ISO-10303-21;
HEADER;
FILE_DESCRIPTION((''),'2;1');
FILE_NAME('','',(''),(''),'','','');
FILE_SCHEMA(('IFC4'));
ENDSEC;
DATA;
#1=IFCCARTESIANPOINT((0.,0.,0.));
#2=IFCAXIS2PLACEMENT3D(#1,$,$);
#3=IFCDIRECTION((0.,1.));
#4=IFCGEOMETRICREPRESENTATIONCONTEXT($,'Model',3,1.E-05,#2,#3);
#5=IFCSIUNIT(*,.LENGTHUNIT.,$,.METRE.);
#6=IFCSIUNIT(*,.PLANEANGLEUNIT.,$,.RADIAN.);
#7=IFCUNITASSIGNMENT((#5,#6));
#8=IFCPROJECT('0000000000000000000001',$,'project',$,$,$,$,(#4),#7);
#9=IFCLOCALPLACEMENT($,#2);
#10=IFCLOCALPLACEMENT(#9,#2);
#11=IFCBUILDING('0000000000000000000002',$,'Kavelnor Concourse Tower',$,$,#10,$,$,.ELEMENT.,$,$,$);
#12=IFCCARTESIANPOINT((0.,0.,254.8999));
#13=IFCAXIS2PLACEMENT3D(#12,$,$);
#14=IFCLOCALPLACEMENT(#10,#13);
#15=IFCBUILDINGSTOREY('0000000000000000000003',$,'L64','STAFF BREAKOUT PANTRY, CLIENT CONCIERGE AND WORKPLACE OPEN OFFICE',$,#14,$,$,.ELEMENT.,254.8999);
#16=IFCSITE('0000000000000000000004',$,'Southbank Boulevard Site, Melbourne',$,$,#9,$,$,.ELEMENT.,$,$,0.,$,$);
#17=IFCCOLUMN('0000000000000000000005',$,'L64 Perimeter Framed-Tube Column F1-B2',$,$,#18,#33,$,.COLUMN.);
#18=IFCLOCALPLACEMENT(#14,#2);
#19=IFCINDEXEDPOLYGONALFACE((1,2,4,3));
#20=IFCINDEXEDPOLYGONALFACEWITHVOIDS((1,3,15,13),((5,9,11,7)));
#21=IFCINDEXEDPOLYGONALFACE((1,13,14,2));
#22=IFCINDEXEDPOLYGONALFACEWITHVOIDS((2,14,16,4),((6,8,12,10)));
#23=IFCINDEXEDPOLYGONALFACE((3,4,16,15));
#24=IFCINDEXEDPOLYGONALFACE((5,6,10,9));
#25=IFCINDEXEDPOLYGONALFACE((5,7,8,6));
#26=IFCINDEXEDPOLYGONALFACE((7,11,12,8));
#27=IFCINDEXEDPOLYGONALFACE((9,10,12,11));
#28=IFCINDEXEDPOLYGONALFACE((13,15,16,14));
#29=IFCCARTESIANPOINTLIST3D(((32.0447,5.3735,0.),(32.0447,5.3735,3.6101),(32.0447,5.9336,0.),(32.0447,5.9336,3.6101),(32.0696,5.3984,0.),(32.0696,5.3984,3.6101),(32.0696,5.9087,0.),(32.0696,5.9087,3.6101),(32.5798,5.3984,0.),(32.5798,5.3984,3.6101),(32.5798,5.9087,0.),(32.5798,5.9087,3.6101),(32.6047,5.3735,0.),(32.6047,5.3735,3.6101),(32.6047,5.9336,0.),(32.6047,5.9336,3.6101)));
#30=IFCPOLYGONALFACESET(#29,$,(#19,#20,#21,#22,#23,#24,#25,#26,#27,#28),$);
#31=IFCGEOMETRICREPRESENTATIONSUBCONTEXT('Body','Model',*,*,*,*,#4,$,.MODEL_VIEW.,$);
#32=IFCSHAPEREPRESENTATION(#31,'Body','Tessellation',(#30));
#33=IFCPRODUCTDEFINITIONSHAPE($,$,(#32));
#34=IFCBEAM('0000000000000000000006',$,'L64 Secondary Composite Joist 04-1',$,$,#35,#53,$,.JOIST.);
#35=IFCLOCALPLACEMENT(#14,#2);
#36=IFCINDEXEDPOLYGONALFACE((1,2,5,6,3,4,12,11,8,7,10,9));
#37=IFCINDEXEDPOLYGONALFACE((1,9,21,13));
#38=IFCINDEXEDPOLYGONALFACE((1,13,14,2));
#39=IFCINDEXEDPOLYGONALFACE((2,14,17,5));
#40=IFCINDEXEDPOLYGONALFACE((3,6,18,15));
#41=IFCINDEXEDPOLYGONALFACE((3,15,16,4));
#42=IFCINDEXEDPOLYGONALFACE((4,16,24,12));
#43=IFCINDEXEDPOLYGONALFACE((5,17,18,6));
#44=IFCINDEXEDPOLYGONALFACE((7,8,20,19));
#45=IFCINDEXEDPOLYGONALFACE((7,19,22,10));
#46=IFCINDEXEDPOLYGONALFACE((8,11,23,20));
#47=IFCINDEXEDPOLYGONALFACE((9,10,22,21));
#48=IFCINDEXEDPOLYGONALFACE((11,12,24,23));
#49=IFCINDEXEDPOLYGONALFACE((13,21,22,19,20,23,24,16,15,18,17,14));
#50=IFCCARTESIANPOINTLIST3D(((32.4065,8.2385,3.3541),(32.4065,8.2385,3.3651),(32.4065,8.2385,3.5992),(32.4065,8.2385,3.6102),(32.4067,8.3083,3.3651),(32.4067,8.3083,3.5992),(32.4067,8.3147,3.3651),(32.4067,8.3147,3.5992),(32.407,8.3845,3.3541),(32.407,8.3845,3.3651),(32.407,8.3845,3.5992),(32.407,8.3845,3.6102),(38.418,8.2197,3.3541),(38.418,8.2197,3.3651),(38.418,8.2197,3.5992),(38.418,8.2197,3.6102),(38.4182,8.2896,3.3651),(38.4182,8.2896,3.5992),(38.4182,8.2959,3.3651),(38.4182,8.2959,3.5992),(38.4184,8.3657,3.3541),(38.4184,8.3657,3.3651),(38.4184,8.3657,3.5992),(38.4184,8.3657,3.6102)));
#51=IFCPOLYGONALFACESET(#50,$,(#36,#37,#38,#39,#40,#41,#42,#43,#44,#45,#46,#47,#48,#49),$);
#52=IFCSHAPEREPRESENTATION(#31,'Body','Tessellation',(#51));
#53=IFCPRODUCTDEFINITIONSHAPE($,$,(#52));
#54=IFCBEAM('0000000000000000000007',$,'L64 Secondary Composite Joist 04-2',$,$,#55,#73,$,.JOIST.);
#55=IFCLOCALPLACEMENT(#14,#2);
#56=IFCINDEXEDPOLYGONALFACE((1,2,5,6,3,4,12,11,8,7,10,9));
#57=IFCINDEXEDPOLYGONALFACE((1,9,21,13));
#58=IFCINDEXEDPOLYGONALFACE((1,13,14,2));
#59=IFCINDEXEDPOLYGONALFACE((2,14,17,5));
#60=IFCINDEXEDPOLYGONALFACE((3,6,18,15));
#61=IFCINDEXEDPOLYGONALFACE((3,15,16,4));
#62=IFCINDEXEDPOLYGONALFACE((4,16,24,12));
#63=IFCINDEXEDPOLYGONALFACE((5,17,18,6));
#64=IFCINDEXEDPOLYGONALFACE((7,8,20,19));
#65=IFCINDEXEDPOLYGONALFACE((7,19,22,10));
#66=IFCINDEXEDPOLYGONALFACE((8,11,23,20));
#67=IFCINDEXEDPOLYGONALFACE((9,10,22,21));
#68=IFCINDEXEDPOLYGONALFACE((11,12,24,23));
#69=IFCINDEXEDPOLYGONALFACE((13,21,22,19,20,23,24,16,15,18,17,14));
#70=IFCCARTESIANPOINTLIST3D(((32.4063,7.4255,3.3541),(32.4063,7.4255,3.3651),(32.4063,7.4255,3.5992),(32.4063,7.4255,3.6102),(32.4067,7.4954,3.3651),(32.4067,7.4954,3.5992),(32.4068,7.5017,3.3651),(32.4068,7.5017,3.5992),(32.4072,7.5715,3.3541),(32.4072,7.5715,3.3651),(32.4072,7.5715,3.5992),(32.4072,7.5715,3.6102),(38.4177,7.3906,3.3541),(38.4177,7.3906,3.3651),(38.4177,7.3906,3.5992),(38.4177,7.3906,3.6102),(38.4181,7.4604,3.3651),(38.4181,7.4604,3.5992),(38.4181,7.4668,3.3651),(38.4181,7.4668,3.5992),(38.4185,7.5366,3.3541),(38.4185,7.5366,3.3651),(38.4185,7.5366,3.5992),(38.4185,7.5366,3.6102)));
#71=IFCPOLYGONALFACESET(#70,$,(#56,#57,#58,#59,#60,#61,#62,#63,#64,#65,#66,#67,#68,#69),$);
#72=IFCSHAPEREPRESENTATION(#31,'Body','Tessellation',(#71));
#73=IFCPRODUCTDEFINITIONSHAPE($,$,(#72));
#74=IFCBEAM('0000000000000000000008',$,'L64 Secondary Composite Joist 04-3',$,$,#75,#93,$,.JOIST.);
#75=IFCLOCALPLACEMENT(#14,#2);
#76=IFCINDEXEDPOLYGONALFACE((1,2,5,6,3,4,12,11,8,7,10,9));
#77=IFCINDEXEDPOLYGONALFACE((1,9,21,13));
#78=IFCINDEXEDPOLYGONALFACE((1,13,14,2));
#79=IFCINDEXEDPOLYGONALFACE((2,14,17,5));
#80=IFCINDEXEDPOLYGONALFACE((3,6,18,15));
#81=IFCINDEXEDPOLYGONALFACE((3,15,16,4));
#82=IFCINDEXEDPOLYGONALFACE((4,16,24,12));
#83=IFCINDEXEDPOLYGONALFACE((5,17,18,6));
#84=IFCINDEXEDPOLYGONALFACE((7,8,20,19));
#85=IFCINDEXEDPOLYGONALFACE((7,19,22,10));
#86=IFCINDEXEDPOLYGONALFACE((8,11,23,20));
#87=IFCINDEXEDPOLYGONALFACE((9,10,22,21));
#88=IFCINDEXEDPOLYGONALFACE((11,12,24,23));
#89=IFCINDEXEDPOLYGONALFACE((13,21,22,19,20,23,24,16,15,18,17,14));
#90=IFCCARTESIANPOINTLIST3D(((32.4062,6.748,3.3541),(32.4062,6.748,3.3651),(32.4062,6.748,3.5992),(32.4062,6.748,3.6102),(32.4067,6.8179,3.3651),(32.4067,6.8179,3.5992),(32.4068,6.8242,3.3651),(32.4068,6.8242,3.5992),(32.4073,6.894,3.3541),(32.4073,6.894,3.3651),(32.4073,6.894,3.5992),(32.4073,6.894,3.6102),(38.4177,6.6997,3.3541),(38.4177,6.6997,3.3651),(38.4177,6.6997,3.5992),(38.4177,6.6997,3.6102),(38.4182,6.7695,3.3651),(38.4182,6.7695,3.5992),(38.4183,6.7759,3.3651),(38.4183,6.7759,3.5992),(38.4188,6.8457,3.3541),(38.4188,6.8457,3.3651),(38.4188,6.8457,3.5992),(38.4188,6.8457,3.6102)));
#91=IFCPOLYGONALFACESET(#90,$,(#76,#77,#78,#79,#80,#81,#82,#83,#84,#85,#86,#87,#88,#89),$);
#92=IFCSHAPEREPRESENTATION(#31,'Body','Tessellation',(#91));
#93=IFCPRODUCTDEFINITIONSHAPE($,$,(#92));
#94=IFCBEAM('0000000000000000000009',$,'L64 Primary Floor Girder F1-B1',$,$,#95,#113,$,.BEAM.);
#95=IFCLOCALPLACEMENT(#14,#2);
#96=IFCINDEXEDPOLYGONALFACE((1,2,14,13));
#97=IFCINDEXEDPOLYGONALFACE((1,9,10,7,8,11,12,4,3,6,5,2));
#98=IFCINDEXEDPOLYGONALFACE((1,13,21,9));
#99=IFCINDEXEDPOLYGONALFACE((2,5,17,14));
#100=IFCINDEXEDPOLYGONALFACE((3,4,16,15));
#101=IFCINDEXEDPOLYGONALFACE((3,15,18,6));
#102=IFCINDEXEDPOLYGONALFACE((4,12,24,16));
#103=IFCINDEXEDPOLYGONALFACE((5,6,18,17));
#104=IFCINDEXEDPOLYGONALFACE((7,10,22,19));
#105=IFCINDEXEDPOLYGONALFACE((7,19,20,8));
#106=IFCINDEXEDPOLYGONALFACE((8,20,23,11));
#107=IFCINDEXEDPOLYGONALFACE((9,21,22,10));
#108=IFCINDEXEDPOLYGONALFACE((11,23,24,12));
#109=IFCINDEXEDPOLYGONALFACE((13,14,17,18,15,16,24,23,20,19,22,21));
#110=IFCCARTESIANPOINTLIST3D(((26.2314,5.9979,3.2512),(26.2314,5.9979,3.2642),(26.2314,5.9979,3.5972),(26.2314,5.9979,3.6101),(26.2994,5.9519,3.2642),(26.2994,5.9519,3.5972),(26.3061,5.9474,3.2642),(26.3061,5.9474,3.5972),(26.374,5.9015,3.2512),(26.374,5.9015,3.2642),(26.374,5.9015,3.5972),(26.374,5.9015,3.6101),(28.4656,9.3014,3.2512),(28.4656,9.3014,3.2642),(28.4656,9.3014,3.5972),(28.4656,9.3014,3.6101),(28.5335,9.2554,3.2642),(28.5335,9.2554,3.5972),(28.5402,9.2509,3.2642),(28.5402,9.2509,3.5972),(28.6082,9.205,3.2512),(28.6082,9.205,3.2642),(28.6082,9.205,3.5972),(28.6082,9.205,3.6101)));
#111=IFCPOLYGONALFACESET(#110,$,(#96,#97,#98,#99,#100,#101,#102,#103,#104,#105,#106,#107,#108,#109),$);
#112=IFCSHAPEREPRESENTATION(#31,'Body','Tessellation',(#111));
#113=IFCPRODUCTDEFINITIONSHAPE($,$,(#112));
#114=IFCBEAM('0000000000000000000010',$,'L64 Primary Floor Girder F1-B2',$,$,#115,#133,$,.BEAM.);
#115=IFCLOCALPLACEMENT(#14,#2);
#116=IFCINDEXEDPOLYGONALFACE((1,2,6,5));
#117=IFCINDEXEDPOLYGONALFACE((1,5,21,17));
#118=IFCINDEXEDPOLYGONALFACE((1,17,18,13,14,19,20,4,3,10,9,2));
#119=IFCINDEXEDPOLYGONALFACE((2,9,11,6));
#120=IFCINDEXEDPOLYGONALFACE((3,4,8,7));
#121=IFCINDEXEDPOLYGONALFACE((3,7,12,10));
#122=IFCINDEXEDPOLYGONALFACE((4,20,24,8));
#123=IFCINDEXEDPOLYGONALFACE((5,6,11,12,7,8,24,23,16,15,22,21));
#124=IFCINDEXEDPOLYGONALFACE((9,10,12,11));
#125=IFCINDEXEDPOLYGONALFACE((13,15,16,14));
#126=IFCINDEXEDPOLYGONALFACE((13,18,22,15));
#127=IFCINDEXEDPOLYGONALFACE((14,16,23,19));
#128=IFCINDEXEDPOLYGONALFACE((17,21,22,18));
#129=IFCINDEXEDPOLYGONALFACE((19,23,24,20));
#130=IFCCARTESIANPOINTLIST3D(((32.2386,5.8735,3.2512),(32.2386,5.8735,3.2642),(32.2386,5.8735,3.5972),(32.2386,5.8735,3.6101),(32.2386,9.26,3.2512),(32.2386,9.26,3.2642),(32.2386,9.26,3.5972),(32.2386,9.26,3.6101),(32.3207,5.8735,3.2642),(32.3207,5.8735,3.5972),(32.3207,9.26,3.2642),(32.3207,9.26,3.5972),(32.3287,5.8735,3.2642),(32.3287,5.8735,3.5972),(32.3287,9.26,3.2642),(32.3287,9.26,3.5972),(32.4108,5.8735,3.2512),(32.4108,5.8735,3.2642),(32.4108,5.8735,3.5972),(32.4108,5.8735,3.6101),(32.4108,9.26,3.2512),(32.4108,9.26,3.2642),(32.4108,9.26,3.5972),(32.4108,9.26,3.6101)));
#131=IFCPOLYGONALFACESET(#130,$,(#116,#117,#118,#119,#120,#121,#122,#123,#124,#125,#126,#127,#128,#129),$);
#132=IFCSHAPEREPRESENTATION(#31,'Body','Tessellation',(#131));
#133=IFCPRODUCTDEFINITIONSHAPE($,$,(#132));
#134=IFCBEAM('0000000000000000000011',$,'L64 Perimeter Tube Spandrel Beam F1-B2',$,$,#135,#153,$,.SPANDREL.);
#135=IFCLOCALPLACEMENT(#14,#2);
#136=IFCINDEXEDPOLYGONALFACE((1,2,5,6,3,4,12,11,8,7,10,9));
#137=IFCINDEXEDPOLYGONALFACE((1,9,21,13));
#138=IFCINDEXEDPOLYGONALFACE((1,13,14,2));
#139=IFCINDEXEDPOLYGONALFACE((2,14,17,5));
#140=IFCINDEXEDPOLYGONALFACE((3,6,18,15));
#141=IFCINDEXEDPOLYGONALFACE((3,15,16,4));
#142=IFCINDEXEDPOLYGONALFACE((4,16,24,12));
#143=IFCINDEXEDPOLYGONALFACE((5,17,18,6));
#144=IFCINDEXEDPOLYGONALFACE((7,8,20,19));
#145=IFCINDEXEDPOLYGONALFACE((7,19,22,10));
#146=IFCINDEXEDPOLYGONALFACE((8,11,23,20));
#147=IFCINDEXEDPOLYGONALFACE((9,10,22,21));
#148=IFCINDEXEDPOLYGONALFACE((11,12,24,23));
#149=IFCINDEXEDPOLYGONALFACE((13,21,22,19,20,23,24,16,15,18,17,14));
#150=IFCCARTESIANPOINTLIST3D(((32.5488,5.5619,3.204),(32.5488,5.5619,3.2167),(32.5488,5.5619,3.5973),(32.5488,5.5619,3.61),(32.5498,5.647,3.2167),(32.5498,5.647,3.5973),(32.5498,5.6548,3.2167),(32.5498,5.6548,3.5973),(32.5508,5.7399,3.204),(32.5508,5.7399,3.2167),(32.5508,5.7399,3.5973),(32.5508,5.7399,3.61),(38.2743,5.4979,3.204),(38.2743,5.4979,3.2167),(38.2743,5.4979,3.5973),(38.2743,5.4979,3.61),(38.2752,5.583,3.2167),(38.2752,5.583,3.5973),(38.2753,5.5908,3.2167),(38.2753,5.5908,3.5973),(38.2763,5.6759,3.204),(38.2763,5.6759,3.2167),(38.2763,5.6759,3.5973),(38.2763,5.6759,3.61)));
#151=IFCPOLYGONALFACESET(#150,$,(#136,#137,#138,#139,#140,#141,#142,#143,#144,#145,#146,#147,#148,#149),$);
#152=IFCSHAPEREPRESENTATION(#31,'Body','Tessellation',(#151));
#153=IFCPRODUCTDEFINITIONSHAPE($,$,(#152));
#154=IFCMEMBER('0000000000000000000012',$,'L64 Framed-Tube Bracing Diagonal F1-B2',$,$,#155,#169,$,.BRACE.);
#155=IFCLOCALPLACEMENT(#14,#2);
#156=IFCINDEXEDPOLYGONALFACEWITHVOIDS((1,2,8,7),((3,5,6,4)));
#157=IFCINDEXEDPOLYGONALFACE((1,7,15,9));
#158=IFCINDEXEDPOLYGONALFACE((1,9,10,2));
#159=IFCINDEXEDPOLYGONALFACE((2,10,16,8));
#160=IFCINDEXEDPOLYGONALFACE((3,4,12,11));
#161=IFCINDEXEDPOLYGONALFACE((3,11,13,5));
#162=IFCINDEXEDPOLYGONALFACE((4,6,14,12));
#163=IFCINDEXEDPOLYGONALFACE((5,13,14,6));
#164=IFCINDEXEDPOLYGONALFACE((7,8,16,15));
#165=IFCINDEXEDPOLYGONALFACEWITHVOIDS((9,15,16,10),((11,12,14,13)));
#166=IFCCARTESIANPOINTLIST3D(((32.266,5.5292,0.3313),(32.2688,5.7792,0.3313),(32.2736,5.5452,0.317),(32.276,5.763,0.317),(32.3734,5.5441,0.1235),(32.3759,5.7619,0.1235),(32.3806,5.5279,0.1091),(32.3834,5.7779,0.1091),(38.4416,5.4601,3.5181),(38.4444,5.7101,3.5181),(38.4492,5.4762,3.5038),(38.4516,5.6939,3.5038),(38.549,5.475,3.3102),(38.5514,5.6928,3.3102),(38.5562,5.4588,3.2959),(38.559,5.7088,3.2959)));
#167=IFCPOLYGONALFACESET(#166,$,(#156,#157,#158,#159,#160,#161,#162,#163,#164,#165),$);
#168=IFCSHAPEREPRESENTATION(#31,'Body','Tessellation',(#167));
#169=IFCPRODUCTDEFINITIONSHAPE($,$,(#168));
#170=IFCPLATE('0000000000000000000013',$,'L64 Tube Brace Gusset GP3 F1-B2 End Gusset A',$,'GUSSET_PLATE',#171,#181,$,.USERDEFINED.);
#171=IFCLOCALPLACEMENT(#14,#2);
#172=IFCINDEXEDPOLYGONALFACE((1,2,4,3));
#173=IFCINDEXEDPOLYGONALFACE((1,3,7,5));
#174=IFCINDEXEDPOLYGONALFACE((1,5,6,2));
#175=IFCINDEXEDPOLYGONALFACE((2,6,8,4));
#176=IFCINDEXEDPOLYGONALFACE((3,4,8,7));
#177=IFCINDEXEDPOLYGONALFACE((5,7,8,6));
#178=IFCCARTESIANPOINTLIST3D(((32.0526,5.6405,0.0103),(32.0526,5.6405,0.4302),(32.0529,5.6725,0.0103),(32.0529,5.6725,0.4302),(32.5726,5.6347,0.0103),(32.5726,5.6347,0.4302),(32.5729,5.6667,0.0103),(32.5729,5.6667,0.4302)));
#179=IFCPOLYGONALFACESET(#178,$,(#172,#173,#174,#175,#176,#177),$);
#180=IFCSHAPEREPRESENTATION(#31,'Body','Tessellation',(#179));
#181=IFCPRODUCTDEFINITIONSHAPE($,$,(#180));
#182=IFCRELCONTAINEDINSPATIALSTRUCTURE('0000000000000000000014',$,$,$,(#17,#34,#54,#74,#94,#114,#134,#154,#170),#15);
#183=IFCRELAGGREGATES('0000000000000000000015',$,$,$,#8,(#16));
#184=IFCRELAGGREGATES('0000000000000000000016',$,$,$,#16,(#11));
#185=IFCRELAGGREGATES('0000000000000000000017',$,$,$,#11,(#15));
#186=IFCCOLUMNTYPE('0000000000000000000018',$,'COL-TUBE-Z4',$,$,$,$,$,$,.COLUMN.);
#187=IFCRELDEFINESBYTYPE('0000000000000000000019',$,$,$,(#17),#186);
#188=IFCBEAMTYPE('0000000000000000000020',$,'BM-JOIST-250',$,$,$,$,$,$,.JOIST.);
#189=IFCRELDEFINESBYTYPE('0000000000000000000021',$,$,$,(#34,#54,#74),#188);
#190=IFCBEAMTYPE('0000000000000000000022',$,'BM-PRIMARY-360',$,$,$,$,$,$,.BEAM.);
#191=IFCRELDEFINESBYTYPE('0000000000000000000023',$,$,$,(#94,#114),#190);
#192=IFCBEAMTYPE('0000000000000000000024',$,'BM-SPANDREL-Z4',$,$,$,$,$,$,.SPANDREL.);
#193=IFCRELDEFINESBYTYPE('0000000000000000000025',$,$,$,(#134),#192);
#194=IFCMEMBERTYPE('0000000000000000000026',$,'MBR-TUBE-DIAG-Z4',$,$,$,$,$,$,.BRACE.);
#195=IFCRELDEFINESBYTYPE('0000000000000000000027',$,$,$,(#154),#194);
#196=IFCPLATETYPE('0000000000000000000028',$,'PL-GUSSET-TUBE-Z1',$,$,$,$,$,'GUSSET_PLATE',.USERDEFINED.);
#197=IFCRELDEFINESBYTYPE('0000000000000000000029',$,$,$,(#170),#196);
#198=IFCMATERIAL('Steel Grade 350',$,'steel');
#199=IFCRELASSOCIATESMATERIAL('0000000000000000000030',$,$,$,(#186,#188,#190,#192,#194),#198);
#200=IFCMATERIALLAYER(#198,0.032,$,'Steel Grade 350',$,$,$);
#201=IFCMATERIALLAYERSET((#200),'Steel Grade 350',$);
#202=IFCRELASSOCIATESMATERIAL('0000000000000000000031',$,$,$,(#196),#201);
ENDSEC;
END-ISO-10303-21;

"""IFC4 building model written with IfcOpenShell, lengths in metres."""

from ifc_helpers import new_model, si_unit, direction, frame, origin, origin_2d, place, context, subcontext, project, spatial, rectangle, hollow_rectangle, i_section, extrude, material, layer, layer_set, material_profile, profile_set, type_object, element, save


model = new_model("IFC4")

# Units and contexts
model_context = context("Model", 3, precision=1e-05, world=origin(), true_north=direction((0.0, 1.0)))
body_context = subcontext(model_context, "Body", "Model", "MODEL_VIEW")
ifc_project = project(units=[si_unit("LENGTHUNIT", "METRE"), si_unit("PLANEANGLEUNIT", "RADIAN")], contexts=[model_context])

# Site, building, storey
site_placement = place(None, origin())
site = spatial("IfcSite", under=ifc_project, at=site_placement, Name="Southbank Boulevard Site, Melbourne", CompositionType="ELEMENT", RefElevation=0.0)
building_placement = place(site_placement, origin())
building = spatial("IfcBuilding", under=site, at=building_placement, Name="Kavelnor Concourse Tower", CompositionType="ELEMENT")
storey_placement = place(building_placement, frame((0.0, 0.0, 254.8999)))
storey = spatial("IfcBuildingStorey", under=building, at=storey_placement, Name="L64", Description="STAFF BREAKOUT PANTRY, CLIENT CONCIERGE AND WORKPLACE OPEN OFFICE", CompositionType="ELEMENT", Elevation=254.8999)

# Column
ifc_material_1 = material(Name="Steel Grade 350", Category="steel")
ifc_material_profile_1 = material_profile(ifc_material_1, hollow_rectangle(XDim=0.5601, YDim=0.5601, WallThickness=0.0249, at=origin_2d()), Name="SHS 560x560x25")
ifc_profile_set_1 = profile_set([ifc_material_profile_1], Name="Steel Grade 350")
column_type = type_object("IfcColumnType", Name="COL-TUBE-Z4", PredefinedType="COLUMN", material=ifc_profile_set_1)
column_placement = place(storey_placement, frame((32.3247, 5.6536, 0.0), z_axis=(0.0, 0.0, 1.0), x_axis=(1.0, 0.0, 0.0)))
element("IfcColumn", 1, at=column_placement, inside=storey, type_object=column_type, Name="L64 Perimeter Framed-Tube Column F1-B2", PredefinedType="COLUMN", context=body_context, shape_type="SweptSolid", body=[
    extrude(hollow_rectangle(XDim=0.5601, YDim=0.5601, WallThickness=0.0249, at=origin_2d()), origin(), (0.0, 0.0, 1.0), 3.6101),
])

# Beams
ifc_material_profile_2 = material_profile(ifc_material_1, i_section(OverallWidth=0.146, OverallDepth=0.2561, WebThickness=0.0063, FlangeThickness=0.011, at=origin_2d()), Name="250UB37")
ifc_profile_set_2 = profile_set([ifc_material_profile_2], Name="Steel Grade 350")
beam_type_1 = type_object("IfcBeamType", Name="BM-JOIST-250", PredefinedType="JOIST", material=ifc_profile_set_2)
for number, where, z_axis, x_axis, name in (
    (2, (32.4067, 8.3115, 3.4822), (0.999995, -0.003127, 0.0), (0.003127, 0.999995, 0.0), "L64 Secondary Composite Joist 04-1"),
    (3, (32.4067, 7.4985, 3.4822), (0.999983, -0.005807, 0.0), (0.005807, 0.999983, 0.0), "L64 Secondary Composite Joist 04-2"),
):
    element("IfcBeam", number, at=place(storey_placement, frame(where, z_axis=z_axis, x_axis=x_axis)), inside=storey, type_object=beam_type_1, Name=name, PredefinedType="JOIST", context=body_context, shape_type="SweptSolid", body=[
        extrude(i_section(OverallWidth=0.146, OverallDepth=0.2561, WebThickness=0.0063, FlangeThickness=0.011, at=origin_2d()), origin(), (0.0, 0.0, 1.0), 6.0115),
    ])
beam_1_placement = place(storey_placement, frame((32.4067, 6.821, 3.4822), z_axis=(0.999968, -0.008041, 0.0), x_axis=(0.008041, 0.999968, 0.0)))
element("IfcBeam", 4, at=beam_1_placement, inside=storey, type_object=beam_type_1, Name="L64 Secondary Composite Joist 04-3", PredefinedType="JOIST", context=body_context, shape_type="SweptSolid", body=[
    extrude(i_section(OverallWidth=0.146, OverallDepth=0.2561, WebThickness=0.0063, FlangeThickness=0.011, at=origin_2d()), origin(), (0.0, 0.0, 1.0), 6.0117),
])
ifc_material_profile_3 = material_profile(ifc_material_1, i_section(OverallWidth=0.1721, OverallDepth=0.3589, WebThickness=0.0081, FlangeThickness=0.0129, at=origin_2d()), Name="360UB56")
ifc_profile_set_3 = profile_set([ifc_material_profile_3], Name="Steel Grade 350")
beam_type_2 = type_object("IfcBeamType", Name="BM-PRIMARY-360", PredefinedType="BEAM", material=ifc_profile_set_3)
beam_2_placement = place(storey_placement, frame((28.5369, 9.2532, 3.4307), z_axis=(-0.560212, -0.828349, 0.0), x_axis=(0.828349, -0.560212, 0.0)))
element("IfcBeam", 5, at=beam_2_placement, inside=storey, type_object=beam_type_2, Name="L64 Primary Floor Girder F1-B1", PredefinedType="BEAM", context=body_context, shape_type="SweptSolid", body=[
    extrude(i_section(OverallWidth=0.1721, OverallDepth=0.3589, WebThickness=0.0081, FlangeThickness=0.0129, at=origin_2d()), origin(), (0.0, 0.0, 1.0), 3.988),
])
beam_3_placement = place(storey_placement, frame((32.3247, 9.26, 3.4307), z_axis=(0.0, -1.0, 0.0), x_axis=(1.0, 0.0, 0.0)))
element("IfcBeam", 6, at=beam_3_placement, inside=storey, type_object=beam_type_2, Name="L64 Primary Floor Girder F1-B2", PredefinedType="BEAM", context=body_context, shape_type="SweptSolid", body=[
    extrude(i_section(OverallWidth=0.1721, OverallDepth=0.3589, WebThickness=0.0081, FlangeThickness=0.0129, at=origin_2d()), origin(), (0.0, 0.0, 1.0), 3.3865),
])
ifc_material_profile_4 = material_profile(ifc_material_1, i_section(OverallWidth=0.178, OverallDepth=0.406, WebThickness=0.0078, FlangeThickness=0.0127, at=origin_2d()), Name="410UB59")
ifc_profile_set_4 = profile_set([ifc_material_profile_4], Name="Steel Grade 350")
beam_type_3 = type_object("IfcBeamType", Name="BM-SPANDREL-Z4", PredefinedType="SPANDREL", material=ifc_profile_set_4)
beam_4_placement = place(storey_placement, frame((32.5498, 5.6509, 3.407), z_axis=(0.999938, -0.011171, 0.0), x_axis=(0.011171, 0.999938, 0.0)))
element("IfcBeam", 7, at=beam_4_placement, inside=storey, type_object=beam_type_3, Name="L64 Perimeter Tube Spandrel Beam F1-B2", PredefinedType="SPANDREL", context=body_context, shape_type="SweptSolid", body=[
    extrude(i_section(OverallWidth=0.178, OverallDepth=0.406, WebThickness=0.0078, FlangeThickness=0.0127, at=origin_2d()), origin(), (0.0, 0.0, 1.0), 5.7258),
])

# Member
ifc_material_profile_5 = material_profile(ifc_material_1, hollow_rectangle(XDim=0.25, YDim=0.25, WallThickness=0.0161, at=origin_2d()), Name="SHS 250x250x16")
ifc_profile_set_5 = profile_set([ifc_material_profile_5], Name="Steel Grade 350")
member_type = type_object("IfcMemberType", Name="MBR-TUBE-DIAG-Z4", PredefinedType="BRACE", material=ifc_profile_set_5)
member_placement = place(storey_placement, frame((32.3247, 5.6536, 0.2202), z_axis=(0.888612, -0.009942, 0.458551), x_axis=(0.011187, 0.999937, 0.0)))
element("IfcMember", 8, at=member_placement, inside=storey, type_object=member_type, Name="L64 Framed-Tube Bracing Diagonal F1-B2", PredefinedType="BRACE", context=body_context, shape_type="SweptSolid", body=[
    extrude(hollow_rectangle(XDim=0.25, YDim=0.25, WallThickness=0.0161, at=origin_2d()), origin(), (0.0, 0.0, 1.0), 6.9497),
])

# Plate
ifc_layer_1 = layer(ifc_material_1, 0.032, Name="Steel Grade 350")
ifc_layer_set_1 = layer_set([ifc_layer_1], Name="Steel Grade 350")
plate_type = type_object("IfcPlateType", Name="PL-GUSSET-TUBE-Z1", ElementType="GUSSET_PLATE", PredefinedType="USERDEFINED", material=ifc_layer_set_1)
plate_placement = place(storey_placement, frame((32.3127, 5.6536, 0.0103), z_axis=(0.0, 0.0, 1.0), x_axis=(0.999938, -0.01117, 0.0)))
element("IfcPlate", 9, at=plate_placement, inside=storey, type_object=plate_type, Name="L64 Tube Brace Gusset GP3 F1-B2 End Gusset A", ObjectType="GUSSET_PLATE", PredefinedType="USERDEFINED", context=body_context, shape_type="SweptSolid", body=[
    extrude(rectangle(XDim=0.52, YDim=0.032, at=origin_2d()), origin(), (0.0, 0.0, 1.0), 0.4199),
])

save(model, "model.ifc")
